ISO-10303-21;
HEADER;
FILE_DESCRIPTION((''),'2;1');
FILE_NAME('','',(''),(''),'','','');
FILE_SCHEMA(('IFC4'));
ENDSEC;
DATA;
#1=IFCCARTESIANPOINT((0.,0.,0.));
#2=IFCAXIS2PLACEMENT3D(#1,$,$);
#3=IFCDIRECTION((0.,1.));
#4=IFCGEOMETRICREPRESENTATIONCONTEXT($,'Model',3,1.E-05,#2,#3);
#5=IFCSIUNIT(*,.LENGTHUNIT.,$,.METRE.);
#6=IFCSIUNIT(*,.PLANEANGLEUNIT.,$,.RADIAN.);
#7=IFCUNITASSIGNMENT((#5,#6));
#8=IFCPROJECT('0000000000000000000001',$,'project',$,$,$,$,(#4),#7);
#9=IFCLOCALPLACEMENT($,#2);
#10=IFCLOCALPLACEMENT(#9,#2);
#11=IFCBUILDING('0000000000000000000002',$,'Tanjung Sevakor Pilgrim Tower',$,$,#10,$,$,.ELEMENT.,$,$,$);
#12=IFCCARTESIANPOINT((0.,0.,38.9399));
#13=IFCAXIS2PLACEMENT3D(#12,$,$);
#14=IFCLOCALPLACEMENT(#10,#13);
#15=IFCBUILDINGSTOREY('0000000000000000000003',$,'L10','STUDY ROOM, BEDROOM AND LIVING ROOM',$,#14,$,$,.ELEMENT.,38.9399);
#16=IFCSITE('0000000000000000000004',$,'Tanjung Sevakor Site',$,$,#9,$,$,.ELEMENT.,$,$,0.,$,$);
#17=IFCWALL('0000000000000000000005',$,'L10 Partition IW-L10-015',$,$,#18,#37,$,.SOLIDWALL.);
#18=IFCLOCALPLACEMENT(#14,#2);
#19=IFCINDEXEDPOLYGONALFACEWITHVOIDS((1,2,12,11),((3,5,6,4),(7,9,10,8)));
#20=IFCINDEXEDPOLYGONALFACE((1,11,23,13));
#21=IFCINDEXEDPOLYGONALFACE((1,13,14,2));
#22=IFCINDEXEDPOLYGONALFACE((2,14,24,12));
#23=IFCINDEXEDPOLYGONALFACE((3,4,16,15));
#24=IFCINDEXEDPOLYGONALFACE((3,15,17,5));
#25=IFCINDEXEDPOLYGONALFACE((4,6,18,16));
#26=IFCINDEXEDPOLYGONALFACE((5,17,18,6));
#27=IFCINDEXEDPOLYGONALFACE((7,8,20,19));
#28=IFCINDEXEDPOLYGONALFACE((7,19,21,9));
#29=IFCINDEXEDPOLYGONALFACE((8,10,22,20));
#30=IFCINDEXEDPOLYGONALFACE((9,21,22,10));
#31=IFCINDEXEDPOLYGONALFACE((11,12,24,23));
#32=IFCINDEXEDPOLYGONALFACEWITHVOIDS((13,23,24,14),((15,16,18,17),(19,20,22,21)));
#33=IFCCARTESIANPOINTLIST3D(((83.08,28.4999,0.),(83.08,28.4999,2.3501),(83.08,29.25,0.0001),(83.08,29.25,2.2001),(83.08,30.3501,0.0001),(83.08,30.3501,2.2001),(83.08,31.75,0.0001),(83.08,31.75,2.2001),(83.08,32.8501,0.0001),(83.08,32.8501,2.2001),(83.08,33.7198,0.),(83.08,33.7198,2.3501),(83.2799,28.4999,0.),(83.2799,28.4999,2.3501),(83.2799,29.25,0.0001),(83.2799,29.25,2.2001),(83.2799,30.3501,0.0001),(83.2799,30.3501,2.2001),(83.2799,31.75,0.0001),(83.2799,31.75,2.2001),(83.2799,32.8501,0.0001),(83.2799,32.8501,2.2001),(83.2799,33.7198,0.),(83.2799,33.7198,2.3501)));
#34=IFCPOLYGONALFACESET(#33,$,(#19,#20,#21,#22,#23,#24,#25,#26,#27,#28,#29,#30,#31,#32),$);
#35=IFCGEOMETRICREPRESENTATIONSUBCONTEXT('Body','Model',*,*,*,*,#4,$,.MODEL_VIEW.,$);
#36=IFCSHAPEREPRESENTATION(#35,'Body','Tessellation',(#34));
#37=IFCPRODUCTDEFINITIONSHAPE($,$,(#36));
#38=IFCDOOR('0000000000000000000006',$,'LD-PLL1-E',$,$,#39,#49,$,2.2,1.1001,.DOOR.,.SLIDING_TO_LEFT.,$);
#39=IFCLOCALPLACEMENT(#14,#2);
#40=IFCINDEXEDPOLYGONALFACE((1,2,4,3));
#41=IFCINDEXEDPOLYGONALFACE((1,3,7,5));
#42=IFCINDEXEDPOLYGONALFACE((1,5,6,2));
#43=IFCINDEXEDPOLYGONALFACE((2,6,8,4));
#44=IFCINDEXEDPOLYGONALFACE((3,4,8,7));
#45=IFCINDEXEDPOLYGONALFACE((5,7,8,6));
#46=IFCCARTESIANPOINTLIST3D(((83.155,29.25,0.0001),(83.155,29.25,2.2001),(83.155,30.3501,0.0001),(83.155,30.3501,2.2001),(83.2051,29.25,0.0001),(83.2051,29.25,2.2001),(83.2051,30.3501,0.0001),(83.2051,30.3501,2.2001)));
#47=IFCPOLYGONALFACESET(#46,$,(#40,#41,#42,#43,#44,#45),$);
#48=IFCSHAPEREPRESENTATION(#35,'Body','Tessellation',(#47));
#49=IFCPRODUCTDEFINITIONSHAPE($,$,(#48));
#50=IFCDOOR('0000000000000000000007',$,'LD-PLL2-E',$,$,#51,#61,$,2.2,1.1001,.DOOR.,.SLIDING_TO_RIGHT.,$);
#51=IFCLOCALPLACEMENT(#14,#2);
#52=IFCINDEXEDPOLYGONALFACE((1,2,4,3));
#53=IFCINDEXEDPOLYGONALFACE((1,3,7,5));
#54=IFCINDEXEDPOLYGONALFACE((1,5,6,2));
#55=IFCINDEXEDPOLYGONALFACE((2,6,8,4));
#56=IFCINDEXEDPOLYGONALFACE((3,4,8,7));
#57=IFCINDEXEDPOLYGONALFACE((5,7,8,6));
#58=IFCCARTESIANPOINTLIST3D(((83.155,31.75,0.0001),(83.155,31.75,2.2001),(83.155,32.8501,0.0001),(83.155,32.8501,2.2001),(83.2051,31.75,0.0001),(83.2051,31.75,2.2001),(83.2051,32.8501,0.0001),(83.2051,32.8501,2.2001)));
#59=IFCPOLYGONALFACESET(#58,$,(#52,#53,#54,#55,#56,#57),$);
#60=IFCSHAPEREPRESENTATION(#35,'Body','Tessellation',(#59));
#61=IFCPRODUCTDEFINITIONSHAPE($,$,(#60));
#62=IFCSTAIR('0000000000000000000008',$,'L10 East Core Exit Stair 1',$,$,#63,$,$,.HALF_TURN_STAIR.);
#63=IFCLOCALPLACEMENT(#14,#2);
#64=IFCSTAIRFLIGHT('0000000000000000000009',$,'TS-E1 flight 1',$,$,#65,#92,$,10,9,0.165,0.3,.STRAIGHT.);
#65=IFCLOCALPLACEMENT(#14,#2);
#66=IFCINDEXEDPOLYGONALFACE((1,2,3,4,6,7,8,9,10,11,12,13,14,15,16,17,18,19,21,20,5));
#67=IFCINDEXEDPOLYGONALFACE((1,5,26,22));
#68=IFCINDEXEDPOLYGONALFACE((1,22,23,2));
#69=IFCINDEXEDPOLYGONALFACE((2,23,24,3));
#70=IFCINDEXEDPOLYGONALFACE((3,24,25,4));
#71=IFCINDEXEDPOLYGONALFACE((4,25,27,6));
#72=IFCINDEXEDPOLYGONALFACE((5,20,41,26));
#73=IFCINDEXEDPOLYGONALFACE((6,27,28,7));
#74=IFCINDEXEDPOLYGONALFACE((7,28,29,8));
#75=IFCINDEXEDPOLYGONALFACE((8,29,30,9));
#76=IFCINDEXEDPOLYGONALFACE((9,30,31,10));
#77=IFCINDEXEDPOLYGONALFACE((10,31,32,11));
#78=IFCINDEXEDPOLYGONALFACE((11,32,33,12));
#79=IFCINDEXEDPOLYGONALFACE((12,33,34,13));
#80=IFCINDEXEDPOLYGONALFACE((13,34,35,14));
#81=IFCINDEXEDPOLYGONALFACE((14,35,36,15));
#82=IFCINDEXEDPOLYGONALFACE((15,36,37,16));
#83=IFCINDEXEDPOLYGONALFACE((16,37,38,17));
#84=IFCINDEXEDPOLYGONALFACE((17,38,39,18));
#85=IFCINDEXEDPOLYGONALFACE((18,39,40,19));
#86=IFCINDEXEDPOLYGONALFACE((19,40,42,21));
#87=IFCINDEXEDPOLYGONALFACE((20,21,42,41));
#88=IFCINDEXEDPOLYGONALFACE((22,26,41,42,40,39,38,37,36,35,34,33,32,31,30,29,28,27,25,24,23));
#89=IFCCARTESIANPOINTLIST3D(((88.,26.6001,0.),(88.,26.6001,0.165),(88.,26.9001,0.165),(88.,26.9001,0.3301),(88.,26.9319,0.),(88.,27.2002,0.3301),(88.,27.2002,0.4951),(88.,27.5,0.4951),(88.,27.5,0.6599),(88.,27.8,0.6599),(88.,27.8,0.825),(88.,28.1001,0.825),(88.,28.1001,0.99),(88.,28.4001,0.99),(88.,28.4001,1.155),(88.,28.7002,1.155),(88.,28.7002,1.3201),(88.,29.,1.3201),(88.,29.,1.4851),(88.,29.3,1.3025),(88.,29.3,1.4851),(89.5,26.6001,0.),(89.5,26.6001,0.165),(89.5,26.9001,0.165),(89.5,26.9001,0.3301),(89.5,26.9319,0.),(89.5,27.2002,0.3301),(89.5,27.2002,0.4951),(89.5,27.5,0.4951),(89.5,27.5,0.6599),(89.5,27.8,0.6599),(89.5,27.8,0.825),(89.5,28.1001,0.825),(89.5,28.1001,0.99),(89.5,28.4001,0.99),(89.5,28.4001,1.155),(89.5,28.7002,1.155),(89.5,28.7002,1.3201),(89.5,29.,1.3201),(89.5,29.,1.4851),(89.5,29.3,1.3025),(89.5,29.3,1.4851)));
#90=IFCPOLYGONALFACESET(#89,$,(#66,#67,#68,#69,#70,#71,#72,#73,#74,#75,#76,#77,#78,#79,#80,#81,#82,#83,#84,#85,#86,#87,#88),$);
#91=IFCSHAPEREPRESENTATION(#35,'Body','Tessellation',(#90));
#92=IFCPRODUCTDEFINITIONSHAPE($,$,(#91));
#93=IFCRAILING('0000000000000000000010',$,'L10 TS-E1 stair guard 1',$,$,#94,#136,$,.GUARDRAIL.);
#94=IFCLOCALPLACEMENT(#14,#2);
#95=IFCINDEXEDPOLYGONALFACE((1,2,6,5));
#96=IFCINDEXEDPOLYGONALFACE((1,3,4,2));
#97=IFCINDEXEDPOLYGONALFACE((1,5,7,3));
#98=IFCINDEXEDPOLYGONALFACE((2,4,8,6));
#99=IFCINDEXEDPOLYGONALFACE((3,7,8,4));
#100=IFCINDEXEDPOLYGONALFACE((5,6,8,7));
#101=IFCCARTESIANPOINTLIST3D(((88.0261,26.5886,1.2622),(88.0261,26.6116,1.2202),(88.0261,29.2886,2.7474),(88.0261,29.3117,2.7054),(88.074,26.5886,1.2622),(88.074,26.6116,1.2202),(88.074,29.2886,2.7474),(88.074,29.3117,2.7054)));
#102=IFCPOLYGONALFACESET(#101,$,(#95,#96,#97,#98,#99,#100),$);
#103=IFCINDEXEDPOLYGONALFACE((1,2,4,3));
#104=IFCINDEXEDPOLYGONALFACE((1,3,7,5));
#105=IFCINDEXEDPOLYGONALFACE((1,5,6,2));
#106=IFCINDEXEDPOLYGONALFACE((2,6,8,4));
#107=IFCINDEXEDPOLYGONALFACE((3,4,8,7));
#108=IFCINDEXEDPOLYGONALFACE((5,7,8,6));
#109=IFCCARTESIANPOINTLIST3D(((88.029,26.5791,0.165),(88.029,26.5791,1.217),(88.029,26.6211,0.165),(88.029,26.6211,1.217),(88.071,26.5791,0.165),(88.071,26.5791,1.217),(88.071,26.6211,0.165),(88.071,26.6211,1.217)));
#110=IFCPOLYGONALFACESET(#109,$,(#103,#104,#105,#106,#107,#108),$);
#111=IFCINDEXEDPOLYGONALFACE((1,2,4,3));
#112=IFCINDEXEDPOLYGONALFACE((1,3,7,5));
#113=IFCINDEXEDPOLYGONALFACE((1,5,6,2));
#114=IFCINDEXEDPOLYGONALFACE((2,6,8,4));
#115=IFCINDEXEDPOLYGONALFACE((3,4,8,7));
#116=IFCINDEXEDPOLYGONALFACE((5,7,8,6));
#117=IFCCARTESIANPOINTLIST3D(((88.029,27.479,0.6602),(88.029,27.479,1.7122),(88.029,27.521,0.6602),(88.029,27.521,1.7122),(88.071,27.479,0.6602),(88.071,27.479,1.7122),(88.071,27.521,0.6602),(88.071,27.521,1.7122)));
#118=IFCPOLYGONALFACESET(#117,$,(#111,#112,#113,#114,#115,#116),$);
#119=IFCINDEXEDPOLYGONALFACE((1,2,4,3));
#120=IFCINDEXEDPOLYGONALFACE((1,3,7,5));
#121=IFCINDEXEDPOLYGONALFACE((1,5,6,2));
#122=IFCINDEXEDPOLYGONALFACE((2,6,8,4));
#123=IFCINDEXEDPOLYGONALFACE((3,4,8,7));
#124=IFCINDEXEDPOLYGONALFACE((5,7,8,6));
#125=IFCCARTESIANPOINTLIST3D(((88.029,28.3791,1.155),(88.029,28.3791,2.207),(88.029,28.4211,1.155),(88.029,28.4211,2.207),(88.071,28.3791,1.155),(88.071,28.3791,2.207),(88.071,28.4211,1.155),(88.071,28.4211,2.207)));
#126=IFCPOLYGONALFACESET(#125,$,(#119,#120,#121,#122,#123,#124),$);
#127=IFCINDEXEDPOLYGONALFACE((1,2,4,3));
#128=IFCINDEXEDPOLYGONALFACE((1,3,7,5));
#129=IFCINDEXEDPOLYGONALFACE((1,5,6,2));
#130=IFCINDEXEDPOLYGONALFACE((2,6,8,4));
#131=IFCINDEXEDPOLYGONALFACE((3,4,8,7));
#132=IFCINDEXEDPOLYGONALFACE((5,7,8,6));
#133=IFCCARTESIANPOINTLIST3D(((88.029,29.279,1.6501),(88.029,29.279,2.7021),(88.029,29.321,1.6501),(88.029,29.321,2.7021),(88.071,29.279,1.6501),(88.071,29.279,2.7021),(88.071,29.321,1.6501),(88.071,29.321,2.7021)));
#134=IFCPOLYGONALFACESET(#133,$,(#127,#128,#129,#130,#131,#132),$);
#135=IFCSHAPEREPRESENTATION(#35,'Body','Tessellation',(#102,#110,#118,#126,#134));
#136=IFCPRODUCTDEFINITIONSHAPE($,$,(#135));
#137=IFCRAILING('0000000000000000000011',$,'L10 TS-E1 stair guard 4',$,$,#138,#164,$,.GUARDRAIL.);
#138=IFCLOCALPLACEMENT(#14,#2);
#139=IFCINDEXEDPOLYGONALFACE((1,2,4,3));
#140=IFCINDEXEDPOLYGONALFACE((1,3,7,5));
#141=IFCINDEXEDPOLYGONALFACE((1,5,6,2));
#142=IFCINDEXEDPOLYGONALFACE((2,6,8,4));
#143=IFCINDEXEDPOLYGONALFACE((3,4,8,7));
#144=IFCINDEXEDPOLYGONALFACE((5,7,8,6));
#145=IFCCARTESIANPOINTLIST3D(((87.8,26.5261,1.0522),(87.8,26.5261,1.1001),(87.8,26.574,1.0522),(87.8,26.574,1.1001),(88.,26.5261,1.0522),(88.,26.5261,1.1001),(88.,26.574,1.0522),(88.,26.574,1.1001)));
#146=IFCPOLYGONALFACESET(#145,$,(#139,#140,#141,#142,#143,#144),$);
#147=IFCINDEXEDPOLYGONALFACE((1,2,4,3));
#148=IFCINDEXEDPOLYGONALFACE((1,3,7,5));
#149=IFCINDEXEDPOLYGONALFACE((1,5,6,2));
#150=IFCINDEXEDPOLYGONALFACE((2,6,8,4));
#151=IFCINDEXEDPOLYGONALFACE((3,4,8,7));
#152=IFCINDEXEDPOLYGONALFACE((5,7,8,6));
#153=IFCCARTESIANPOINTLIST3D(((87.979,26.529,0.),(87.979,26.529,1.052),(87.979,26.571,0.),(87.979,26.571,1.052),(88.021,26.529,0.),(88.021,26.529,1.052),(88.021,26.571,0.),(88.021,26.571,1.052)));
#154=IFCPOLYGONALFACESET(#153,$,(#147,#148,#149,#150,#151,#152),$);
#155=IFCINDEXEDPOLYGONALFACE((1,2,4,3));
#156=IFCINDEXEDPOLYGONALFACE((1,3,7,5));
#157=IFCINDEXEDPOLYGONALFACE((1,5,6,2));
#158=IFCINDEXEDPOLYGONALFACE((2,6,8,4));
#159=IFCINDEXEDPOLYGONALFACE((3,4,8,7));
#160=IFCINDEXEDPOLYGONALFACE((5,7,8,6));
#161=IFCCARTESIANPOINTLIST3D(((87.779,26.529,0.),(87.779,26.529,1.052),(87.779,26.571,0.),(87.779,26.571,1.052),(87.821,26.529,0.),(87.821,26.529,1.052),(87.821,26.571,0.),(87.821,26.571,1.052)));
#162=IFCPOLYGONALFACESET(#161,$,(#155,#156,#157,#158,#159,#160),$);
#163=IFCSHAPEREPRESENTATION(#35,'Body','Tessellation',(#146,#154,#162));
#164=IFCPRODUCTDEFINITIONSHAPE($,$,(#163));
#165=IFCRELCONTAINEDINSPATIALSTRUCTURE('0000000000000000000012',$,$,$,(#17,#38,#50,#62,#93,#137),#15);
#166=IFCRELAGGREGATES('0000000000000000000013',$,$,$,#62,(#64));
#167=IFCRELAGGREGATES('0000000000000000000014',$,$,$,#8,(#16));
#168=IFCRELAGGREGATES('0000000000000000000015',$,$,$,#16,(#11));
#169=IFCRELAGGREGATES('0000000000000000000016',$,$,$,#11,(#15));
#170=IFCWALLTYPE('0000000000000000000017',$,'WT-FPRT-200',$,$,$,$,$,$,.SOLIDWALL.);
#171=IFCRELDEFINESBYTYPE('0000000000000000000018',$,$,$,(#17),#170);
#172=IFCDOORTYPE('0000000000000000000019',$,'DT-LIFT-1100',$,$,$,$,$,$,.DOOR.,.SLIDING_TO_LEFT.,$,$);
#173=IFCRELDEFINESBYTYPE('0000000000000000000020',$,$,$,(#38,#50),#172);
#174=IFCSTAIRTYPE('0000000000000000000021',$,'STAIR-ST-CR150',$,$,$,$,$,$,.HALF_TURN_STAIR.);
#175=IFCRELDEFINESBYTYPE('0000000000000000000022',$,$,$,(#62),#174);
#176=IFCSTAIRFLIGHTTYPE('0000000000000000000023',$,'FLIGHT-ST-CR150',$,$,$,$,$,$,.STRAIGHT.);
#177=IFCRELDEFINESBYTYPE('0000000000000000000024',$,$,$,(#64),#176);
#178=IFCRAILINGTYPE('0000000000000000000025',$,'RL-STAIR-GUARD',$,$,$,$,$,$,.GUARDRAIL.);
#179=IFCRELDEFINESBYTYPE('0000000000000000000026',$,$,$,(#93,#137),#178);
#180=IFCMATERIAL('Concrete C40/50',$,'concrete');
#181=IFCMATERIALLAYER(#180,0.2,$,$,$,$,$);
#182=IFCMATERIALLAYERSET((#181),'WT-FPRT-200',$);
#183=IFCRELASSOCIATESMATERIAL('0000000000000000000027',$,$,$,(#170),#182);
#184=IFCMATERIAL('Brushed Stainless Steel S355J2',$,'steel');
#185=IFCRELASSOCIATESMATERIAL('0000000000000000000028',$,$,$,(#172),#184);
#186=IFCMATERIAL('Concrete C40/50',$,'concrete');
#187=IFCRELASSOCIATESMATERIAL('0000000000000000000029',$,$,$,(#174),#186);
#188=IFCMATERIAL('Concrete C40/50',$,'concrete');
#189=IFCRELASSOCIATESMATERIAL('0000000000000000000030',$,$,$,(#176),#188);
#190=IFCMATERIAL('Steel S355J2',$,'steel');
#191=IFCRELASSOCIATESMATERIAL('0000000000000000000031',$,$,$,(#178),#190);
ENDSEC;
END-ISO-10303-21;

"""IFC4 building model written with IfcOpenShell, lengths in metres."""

from ifc_helpers import new_model, si_unit, direction, frame, frame_2d, origin, place, context, subcontext, project, spatial, polyline, rectangle, outline, extrude, material, layer, layer_set, type_object, element, fill, aggregate, save


model = new_model("IFC4")

# Units and contexts
model_context = context("Model", 3, precision=1e-05, world=origin(), true_north=direction((0.0, 1.0)))
body_context = subcontext(model_context, "Body", "Model", "MODEL_VIEW")
ifc_project = project(units=[si_unit("LENGTHUNIT", "METRE"), si_unit("PLANEANGLEUNIT", "RADIAN")], contexts=[model_context])

# Site, building, storey
site_placement = place(None, origin())
site = spatial("IfcSite", under=ifc_project, at=site_placement, Name="Tanjung Sevakor Site", CompositionType="ELEMENT", RefElevation=0.0)
building_placement = place(site_placement, origin())
building = spatial("IfcBuilding", under=site, at=building_placement, Name="Tanjung Sevakor Pilgrim Tower", CompositionType="ELEMENT")
storey_placement = place(building_placement, frame((0.0, 0.0, 38.9399)))
storey = spatial("IfcBuildingStorey", under=building, at=storey_placement, Name="L10", Description="STUDY ROOM, BEDROOM AND LIVING ROOM", CompositionType="ELEMENT", Elevation=38.9399)

# Shared definitions
ifc_material_1 = material(Name="Concrete C40/50", Category="concrete")
ifc_layer_1 = layer(ifc_material_1, 0.2)
ifc_layer_set_1 = layer_set([ifc_layer_1], Name="WT-FPRT-200")
wall_type_1 = type_object("IfcWallType", Name="WT-FPRT-200", PredefinedType="SOLIDWALL", material=ifc_layer_set_1)
ifc_material_2 = material(Name="Brushed Stainless Steel S355J2", Category="steel")
door_type_1 = type_object("IfcDoorType", Name="DT-LIFT-1100", OperationType="SLIDING_TO_LEFT", PredefinedType="DOOR", material=ifc_material_2)

# Wall, openings, doors
wall_1_placement = place(storey_placement, frame((83.1799, 28.5, 0.0), z_axis=(0.0, 0.0, 1.0), x_axis=(0.0, 1.0, 0.0)))
wall_1 = element("IfcWall", 1, at=wall_1_placement, inside=storey, type_object=wall_type_1, Name="L10 Partition IW-L10-015", PredefinedType="SOLIDWALL", context=body_context, shape_type="SweptSolid", body=[
    extrude(rectangle(XDim=5.22, YDim=0.2, at=frame_2d((2.6099, 0.0))), origin(), (0.0, 0.0, 1.0), 2.3501),
])
opening_1_placement = place(wall_1_placement, frame((0.75, 0.0, 0.0)))
opening_1 = element("IfcOpeningElement", 2, at=opening_1_placement, cuts=wall_1, PredefinedType="OPENING", context=body_context, shape_type="SweptSolid", body=[
    extrude(rectangle(XDim=1.1001, YDim=2.2, at=frame_2d((0.55, 1.1001))), frame((0.0, 0.1099, 0.0), z_axis=(0.0, -1.0, 0.0), x_axis=(1.0, 0.0, 0.0)), (0.0, 0.0, 1.0), 0.22),
])
opening_2_placement = place(wall_1_placement, frame((3.25, 0.0, 0.0)))
opening_2 = element("IfcOpeningElement", 3, at=opening_2_placement, cuts=wall_1, PredefinedType="OPENING", context=body_context, shape_type="SweptSolid", body=[
    extrude(rectangle(XDim=1.1001, YDim=2.2, at=frame_2d((0.55, 1.1001))), frame((0.0, 0.1099, 0.0), z_axis=(0.0, -1.0, 0.0), x_axis=(1.0, 0.0, 0.0)), (0.0, 0.0, 1.0), 0.22),
])
door_1_placement = place(opening_1_placement, origin())
door_1 = element("IfcDoor", 4, at=door_1_placement, inside=storey, type_object=door_type_1, Name="LD-PLL1-E", OperationType="SLIDING_TO_LEFT", OverallHeight=2.2, OverallWidth=1.1001, PredefinedType="DOOR", context=body_context, shape_type="SweptSolid", body=[
    extrude(rectangle(XDim=1.1001, YDim=2.2, at=frame_2d((0.55, 1.1001))), frame((0.0, 0.0249, 0.0), z_axis=(0.0, -1.0, 0.0), x_axis=(1.0, 0.0, 0.0)), (0.0, 0.0, 1.0), 0.05),
])
fill(opening_1, door_1)
door_2_placement = place(opening_2_placement, origin())
door_2 = element("IfcDoor", 5, at=door_2_placement, inside=storey, type_object=door_type_1, Name="LD-PLL2-E", OperationType="SLIDING_TO_RIGHT", OverallHeight=2.2, OverallWidth=1.1001, PredefinedType="DOOR", context=body_context, shape_type="SweptSolid", body=[
    extrude(rectangle(XDim=1.1001, YDim=2.2, at=frame_2d((0.55, 1.1001))), frame((0.0, 0.0249, 0.0), z_axis=(0.0, -1.0, 0.0), x_axis=(1.0, 0.0, 0.0)), (0.0, 0.0, 1.0), 0.05),
])
fill(opening_2, door_2)

# Stair, stair flight
ifc_material_3 = material(Name="Concrete C40/50", Category="concrete")
stair_type = type_object("IfcStairType", Name="STAIR-ST-CR150", PredefinedType="HALF_TURN_STAIR", material=ifc_material_3)
stair_placement = place(storey_placement, origin())
stair = element("IfcStair", 6, at=stair_placement, inside=storey, type_object=stair_type, Name="L10 East Core Exit Stair 1", PredefinedType="HALF_TURN_STAIR")
ifc_material_4 = material(Name="Concrete C40/50", Category="concrete")
stair_flight_type = type_object("IfcStairFlightType", Name="FLIGHT-ST-CR150", PredefinedType="STRAIGHT", material=ifc_material_4)
stair_flight_placement = place(storey_placement, frame((88.75, 26.6001, 0.0), z_axis=(0.0, 0.0, 1.0), x_axis=(0.0, 1.0, 0.0)))
stair_flight = element("IfcStairFlight", 7, at=stair_flight_placement, type_object=stair_flight_type, Name="TS-E1 flight 1", NumberOfRisers=10, NumberOfTreads=9, PredefinedType="STRAIGHT", RiserHeight=0.165, TreadLength=0.3, context=body_context, shape_type="SweptSolid", body=[
    extrude(outline(polyline([(0.0, 0.0), (0.0, 0.165), (0.3, 0.165), (0.3, 0.3301), (0.6001, 0.3301), (0.6001, 0.4951), (0.8999, 0.4951), (0.8999, 0.6599), (1.2, 0.6599), (1.2, 0.825), (1.5, 0.825), (1.5, 0.99), (1.8, 0.99), (1.8, 1.155), (2.1001, 1.155), (2.1001, 1.3201), (2.3999, 1.3201), (2.3999, 1.4851), (2.7, 1.4851), (2.7, 1.6499), (2.7, 1.3025), (0.3318, 0.0), (0.0, 0.0)])), frame((0.0, 0.75, 0.0), z_axis=(0.0, -1.0, 0.0), x_axis=(1.0, 0.0, 0.0)), (0.0, 0.0, 1.0), 1.5),
])
aggregate(stair, [stair_flight])

# Railings
ifc_material_5 = material(Name="Steel S355J2", Category="steel")
railing_type_1 = type_object("IfcRailingType", Name="RL-STAIR-GUARD", PredefinedType="GUARDRAIL", material=ifc_material_5)
railing_1_placement = place(storey_placement, frame((88.05, 26.6001, 0.165)))
element("IfcRailing", 8, at=railing_1_placement, inside=storey, type_object=railing_type_1, Name="L10 TS-E1 stair guard 1", PredefinedType="GUARDRAIL", context=body_context, shape_type="SweptSolid", body=[
    extrude(rectangle(XDim=0.0479, YDim=0.0479), frame((0.0, 0.0, 1.0762), z_axis=(0.0, 0.876198, 0.481952), x_axis=(-1.0, 0.0, 0.0)), (0.0, 0.0, 1.0), 3.0815),
    extrude(rectangle(XDim=0.042, YDim=0.042), origin(), (0.0, 0.0, 1.0), 1.052),
    extrude(rectangle(XDim=0.042, YDim=0.042), frame((0.0, 0.8999, 0.4951)), (0.0, 0.0, 1.0), 1.052),
    extrude(rectangle(XDim=0.042, YDim=0.042), frame((0.0, 1.8, 0.99)), (0.0, 0.0, 1.0), 1.052),
    extrude(rectangle(XDim=0.042, YDim=0.042), frame((0.0, 2.7, 1.4851)), (0.0, 0.0, 1.0), 1.052),
])
railing_2_placement = place(storey_placement, frame((88.0, 26.55, 0.0)))
element("IfcRailing", 9, at=railing_2_placement, inside=storey, type_object=railing_type_1, Name="L10 TS-E1 stair guard 4", PredefinedType="GUARDRAIL", context=body_context, shape_type="SweptSolid", body=[
    extrude(rectangle(XDim=0.0479, YDim=0.0479), frame((0.0, 0.0, 1.0762), z_axis=(-1.0, 0.0, 0.0), x_axis=(0.0, -1.0, 0.0)), (0.0, 0.0, 1.0), 0.2),
    extrude(rectangle(XDim=0.042, YDim=0.042), origin(), (0.0, 0.0, 1.0), 1.052),
    extrude(rectangle(XDim=0.042, YDim=0.042), frame((-0.2, 0.0, 0.0)), (0.0, 0.0, 1.0), 1.052),
])

save(model, "model.ifc")
